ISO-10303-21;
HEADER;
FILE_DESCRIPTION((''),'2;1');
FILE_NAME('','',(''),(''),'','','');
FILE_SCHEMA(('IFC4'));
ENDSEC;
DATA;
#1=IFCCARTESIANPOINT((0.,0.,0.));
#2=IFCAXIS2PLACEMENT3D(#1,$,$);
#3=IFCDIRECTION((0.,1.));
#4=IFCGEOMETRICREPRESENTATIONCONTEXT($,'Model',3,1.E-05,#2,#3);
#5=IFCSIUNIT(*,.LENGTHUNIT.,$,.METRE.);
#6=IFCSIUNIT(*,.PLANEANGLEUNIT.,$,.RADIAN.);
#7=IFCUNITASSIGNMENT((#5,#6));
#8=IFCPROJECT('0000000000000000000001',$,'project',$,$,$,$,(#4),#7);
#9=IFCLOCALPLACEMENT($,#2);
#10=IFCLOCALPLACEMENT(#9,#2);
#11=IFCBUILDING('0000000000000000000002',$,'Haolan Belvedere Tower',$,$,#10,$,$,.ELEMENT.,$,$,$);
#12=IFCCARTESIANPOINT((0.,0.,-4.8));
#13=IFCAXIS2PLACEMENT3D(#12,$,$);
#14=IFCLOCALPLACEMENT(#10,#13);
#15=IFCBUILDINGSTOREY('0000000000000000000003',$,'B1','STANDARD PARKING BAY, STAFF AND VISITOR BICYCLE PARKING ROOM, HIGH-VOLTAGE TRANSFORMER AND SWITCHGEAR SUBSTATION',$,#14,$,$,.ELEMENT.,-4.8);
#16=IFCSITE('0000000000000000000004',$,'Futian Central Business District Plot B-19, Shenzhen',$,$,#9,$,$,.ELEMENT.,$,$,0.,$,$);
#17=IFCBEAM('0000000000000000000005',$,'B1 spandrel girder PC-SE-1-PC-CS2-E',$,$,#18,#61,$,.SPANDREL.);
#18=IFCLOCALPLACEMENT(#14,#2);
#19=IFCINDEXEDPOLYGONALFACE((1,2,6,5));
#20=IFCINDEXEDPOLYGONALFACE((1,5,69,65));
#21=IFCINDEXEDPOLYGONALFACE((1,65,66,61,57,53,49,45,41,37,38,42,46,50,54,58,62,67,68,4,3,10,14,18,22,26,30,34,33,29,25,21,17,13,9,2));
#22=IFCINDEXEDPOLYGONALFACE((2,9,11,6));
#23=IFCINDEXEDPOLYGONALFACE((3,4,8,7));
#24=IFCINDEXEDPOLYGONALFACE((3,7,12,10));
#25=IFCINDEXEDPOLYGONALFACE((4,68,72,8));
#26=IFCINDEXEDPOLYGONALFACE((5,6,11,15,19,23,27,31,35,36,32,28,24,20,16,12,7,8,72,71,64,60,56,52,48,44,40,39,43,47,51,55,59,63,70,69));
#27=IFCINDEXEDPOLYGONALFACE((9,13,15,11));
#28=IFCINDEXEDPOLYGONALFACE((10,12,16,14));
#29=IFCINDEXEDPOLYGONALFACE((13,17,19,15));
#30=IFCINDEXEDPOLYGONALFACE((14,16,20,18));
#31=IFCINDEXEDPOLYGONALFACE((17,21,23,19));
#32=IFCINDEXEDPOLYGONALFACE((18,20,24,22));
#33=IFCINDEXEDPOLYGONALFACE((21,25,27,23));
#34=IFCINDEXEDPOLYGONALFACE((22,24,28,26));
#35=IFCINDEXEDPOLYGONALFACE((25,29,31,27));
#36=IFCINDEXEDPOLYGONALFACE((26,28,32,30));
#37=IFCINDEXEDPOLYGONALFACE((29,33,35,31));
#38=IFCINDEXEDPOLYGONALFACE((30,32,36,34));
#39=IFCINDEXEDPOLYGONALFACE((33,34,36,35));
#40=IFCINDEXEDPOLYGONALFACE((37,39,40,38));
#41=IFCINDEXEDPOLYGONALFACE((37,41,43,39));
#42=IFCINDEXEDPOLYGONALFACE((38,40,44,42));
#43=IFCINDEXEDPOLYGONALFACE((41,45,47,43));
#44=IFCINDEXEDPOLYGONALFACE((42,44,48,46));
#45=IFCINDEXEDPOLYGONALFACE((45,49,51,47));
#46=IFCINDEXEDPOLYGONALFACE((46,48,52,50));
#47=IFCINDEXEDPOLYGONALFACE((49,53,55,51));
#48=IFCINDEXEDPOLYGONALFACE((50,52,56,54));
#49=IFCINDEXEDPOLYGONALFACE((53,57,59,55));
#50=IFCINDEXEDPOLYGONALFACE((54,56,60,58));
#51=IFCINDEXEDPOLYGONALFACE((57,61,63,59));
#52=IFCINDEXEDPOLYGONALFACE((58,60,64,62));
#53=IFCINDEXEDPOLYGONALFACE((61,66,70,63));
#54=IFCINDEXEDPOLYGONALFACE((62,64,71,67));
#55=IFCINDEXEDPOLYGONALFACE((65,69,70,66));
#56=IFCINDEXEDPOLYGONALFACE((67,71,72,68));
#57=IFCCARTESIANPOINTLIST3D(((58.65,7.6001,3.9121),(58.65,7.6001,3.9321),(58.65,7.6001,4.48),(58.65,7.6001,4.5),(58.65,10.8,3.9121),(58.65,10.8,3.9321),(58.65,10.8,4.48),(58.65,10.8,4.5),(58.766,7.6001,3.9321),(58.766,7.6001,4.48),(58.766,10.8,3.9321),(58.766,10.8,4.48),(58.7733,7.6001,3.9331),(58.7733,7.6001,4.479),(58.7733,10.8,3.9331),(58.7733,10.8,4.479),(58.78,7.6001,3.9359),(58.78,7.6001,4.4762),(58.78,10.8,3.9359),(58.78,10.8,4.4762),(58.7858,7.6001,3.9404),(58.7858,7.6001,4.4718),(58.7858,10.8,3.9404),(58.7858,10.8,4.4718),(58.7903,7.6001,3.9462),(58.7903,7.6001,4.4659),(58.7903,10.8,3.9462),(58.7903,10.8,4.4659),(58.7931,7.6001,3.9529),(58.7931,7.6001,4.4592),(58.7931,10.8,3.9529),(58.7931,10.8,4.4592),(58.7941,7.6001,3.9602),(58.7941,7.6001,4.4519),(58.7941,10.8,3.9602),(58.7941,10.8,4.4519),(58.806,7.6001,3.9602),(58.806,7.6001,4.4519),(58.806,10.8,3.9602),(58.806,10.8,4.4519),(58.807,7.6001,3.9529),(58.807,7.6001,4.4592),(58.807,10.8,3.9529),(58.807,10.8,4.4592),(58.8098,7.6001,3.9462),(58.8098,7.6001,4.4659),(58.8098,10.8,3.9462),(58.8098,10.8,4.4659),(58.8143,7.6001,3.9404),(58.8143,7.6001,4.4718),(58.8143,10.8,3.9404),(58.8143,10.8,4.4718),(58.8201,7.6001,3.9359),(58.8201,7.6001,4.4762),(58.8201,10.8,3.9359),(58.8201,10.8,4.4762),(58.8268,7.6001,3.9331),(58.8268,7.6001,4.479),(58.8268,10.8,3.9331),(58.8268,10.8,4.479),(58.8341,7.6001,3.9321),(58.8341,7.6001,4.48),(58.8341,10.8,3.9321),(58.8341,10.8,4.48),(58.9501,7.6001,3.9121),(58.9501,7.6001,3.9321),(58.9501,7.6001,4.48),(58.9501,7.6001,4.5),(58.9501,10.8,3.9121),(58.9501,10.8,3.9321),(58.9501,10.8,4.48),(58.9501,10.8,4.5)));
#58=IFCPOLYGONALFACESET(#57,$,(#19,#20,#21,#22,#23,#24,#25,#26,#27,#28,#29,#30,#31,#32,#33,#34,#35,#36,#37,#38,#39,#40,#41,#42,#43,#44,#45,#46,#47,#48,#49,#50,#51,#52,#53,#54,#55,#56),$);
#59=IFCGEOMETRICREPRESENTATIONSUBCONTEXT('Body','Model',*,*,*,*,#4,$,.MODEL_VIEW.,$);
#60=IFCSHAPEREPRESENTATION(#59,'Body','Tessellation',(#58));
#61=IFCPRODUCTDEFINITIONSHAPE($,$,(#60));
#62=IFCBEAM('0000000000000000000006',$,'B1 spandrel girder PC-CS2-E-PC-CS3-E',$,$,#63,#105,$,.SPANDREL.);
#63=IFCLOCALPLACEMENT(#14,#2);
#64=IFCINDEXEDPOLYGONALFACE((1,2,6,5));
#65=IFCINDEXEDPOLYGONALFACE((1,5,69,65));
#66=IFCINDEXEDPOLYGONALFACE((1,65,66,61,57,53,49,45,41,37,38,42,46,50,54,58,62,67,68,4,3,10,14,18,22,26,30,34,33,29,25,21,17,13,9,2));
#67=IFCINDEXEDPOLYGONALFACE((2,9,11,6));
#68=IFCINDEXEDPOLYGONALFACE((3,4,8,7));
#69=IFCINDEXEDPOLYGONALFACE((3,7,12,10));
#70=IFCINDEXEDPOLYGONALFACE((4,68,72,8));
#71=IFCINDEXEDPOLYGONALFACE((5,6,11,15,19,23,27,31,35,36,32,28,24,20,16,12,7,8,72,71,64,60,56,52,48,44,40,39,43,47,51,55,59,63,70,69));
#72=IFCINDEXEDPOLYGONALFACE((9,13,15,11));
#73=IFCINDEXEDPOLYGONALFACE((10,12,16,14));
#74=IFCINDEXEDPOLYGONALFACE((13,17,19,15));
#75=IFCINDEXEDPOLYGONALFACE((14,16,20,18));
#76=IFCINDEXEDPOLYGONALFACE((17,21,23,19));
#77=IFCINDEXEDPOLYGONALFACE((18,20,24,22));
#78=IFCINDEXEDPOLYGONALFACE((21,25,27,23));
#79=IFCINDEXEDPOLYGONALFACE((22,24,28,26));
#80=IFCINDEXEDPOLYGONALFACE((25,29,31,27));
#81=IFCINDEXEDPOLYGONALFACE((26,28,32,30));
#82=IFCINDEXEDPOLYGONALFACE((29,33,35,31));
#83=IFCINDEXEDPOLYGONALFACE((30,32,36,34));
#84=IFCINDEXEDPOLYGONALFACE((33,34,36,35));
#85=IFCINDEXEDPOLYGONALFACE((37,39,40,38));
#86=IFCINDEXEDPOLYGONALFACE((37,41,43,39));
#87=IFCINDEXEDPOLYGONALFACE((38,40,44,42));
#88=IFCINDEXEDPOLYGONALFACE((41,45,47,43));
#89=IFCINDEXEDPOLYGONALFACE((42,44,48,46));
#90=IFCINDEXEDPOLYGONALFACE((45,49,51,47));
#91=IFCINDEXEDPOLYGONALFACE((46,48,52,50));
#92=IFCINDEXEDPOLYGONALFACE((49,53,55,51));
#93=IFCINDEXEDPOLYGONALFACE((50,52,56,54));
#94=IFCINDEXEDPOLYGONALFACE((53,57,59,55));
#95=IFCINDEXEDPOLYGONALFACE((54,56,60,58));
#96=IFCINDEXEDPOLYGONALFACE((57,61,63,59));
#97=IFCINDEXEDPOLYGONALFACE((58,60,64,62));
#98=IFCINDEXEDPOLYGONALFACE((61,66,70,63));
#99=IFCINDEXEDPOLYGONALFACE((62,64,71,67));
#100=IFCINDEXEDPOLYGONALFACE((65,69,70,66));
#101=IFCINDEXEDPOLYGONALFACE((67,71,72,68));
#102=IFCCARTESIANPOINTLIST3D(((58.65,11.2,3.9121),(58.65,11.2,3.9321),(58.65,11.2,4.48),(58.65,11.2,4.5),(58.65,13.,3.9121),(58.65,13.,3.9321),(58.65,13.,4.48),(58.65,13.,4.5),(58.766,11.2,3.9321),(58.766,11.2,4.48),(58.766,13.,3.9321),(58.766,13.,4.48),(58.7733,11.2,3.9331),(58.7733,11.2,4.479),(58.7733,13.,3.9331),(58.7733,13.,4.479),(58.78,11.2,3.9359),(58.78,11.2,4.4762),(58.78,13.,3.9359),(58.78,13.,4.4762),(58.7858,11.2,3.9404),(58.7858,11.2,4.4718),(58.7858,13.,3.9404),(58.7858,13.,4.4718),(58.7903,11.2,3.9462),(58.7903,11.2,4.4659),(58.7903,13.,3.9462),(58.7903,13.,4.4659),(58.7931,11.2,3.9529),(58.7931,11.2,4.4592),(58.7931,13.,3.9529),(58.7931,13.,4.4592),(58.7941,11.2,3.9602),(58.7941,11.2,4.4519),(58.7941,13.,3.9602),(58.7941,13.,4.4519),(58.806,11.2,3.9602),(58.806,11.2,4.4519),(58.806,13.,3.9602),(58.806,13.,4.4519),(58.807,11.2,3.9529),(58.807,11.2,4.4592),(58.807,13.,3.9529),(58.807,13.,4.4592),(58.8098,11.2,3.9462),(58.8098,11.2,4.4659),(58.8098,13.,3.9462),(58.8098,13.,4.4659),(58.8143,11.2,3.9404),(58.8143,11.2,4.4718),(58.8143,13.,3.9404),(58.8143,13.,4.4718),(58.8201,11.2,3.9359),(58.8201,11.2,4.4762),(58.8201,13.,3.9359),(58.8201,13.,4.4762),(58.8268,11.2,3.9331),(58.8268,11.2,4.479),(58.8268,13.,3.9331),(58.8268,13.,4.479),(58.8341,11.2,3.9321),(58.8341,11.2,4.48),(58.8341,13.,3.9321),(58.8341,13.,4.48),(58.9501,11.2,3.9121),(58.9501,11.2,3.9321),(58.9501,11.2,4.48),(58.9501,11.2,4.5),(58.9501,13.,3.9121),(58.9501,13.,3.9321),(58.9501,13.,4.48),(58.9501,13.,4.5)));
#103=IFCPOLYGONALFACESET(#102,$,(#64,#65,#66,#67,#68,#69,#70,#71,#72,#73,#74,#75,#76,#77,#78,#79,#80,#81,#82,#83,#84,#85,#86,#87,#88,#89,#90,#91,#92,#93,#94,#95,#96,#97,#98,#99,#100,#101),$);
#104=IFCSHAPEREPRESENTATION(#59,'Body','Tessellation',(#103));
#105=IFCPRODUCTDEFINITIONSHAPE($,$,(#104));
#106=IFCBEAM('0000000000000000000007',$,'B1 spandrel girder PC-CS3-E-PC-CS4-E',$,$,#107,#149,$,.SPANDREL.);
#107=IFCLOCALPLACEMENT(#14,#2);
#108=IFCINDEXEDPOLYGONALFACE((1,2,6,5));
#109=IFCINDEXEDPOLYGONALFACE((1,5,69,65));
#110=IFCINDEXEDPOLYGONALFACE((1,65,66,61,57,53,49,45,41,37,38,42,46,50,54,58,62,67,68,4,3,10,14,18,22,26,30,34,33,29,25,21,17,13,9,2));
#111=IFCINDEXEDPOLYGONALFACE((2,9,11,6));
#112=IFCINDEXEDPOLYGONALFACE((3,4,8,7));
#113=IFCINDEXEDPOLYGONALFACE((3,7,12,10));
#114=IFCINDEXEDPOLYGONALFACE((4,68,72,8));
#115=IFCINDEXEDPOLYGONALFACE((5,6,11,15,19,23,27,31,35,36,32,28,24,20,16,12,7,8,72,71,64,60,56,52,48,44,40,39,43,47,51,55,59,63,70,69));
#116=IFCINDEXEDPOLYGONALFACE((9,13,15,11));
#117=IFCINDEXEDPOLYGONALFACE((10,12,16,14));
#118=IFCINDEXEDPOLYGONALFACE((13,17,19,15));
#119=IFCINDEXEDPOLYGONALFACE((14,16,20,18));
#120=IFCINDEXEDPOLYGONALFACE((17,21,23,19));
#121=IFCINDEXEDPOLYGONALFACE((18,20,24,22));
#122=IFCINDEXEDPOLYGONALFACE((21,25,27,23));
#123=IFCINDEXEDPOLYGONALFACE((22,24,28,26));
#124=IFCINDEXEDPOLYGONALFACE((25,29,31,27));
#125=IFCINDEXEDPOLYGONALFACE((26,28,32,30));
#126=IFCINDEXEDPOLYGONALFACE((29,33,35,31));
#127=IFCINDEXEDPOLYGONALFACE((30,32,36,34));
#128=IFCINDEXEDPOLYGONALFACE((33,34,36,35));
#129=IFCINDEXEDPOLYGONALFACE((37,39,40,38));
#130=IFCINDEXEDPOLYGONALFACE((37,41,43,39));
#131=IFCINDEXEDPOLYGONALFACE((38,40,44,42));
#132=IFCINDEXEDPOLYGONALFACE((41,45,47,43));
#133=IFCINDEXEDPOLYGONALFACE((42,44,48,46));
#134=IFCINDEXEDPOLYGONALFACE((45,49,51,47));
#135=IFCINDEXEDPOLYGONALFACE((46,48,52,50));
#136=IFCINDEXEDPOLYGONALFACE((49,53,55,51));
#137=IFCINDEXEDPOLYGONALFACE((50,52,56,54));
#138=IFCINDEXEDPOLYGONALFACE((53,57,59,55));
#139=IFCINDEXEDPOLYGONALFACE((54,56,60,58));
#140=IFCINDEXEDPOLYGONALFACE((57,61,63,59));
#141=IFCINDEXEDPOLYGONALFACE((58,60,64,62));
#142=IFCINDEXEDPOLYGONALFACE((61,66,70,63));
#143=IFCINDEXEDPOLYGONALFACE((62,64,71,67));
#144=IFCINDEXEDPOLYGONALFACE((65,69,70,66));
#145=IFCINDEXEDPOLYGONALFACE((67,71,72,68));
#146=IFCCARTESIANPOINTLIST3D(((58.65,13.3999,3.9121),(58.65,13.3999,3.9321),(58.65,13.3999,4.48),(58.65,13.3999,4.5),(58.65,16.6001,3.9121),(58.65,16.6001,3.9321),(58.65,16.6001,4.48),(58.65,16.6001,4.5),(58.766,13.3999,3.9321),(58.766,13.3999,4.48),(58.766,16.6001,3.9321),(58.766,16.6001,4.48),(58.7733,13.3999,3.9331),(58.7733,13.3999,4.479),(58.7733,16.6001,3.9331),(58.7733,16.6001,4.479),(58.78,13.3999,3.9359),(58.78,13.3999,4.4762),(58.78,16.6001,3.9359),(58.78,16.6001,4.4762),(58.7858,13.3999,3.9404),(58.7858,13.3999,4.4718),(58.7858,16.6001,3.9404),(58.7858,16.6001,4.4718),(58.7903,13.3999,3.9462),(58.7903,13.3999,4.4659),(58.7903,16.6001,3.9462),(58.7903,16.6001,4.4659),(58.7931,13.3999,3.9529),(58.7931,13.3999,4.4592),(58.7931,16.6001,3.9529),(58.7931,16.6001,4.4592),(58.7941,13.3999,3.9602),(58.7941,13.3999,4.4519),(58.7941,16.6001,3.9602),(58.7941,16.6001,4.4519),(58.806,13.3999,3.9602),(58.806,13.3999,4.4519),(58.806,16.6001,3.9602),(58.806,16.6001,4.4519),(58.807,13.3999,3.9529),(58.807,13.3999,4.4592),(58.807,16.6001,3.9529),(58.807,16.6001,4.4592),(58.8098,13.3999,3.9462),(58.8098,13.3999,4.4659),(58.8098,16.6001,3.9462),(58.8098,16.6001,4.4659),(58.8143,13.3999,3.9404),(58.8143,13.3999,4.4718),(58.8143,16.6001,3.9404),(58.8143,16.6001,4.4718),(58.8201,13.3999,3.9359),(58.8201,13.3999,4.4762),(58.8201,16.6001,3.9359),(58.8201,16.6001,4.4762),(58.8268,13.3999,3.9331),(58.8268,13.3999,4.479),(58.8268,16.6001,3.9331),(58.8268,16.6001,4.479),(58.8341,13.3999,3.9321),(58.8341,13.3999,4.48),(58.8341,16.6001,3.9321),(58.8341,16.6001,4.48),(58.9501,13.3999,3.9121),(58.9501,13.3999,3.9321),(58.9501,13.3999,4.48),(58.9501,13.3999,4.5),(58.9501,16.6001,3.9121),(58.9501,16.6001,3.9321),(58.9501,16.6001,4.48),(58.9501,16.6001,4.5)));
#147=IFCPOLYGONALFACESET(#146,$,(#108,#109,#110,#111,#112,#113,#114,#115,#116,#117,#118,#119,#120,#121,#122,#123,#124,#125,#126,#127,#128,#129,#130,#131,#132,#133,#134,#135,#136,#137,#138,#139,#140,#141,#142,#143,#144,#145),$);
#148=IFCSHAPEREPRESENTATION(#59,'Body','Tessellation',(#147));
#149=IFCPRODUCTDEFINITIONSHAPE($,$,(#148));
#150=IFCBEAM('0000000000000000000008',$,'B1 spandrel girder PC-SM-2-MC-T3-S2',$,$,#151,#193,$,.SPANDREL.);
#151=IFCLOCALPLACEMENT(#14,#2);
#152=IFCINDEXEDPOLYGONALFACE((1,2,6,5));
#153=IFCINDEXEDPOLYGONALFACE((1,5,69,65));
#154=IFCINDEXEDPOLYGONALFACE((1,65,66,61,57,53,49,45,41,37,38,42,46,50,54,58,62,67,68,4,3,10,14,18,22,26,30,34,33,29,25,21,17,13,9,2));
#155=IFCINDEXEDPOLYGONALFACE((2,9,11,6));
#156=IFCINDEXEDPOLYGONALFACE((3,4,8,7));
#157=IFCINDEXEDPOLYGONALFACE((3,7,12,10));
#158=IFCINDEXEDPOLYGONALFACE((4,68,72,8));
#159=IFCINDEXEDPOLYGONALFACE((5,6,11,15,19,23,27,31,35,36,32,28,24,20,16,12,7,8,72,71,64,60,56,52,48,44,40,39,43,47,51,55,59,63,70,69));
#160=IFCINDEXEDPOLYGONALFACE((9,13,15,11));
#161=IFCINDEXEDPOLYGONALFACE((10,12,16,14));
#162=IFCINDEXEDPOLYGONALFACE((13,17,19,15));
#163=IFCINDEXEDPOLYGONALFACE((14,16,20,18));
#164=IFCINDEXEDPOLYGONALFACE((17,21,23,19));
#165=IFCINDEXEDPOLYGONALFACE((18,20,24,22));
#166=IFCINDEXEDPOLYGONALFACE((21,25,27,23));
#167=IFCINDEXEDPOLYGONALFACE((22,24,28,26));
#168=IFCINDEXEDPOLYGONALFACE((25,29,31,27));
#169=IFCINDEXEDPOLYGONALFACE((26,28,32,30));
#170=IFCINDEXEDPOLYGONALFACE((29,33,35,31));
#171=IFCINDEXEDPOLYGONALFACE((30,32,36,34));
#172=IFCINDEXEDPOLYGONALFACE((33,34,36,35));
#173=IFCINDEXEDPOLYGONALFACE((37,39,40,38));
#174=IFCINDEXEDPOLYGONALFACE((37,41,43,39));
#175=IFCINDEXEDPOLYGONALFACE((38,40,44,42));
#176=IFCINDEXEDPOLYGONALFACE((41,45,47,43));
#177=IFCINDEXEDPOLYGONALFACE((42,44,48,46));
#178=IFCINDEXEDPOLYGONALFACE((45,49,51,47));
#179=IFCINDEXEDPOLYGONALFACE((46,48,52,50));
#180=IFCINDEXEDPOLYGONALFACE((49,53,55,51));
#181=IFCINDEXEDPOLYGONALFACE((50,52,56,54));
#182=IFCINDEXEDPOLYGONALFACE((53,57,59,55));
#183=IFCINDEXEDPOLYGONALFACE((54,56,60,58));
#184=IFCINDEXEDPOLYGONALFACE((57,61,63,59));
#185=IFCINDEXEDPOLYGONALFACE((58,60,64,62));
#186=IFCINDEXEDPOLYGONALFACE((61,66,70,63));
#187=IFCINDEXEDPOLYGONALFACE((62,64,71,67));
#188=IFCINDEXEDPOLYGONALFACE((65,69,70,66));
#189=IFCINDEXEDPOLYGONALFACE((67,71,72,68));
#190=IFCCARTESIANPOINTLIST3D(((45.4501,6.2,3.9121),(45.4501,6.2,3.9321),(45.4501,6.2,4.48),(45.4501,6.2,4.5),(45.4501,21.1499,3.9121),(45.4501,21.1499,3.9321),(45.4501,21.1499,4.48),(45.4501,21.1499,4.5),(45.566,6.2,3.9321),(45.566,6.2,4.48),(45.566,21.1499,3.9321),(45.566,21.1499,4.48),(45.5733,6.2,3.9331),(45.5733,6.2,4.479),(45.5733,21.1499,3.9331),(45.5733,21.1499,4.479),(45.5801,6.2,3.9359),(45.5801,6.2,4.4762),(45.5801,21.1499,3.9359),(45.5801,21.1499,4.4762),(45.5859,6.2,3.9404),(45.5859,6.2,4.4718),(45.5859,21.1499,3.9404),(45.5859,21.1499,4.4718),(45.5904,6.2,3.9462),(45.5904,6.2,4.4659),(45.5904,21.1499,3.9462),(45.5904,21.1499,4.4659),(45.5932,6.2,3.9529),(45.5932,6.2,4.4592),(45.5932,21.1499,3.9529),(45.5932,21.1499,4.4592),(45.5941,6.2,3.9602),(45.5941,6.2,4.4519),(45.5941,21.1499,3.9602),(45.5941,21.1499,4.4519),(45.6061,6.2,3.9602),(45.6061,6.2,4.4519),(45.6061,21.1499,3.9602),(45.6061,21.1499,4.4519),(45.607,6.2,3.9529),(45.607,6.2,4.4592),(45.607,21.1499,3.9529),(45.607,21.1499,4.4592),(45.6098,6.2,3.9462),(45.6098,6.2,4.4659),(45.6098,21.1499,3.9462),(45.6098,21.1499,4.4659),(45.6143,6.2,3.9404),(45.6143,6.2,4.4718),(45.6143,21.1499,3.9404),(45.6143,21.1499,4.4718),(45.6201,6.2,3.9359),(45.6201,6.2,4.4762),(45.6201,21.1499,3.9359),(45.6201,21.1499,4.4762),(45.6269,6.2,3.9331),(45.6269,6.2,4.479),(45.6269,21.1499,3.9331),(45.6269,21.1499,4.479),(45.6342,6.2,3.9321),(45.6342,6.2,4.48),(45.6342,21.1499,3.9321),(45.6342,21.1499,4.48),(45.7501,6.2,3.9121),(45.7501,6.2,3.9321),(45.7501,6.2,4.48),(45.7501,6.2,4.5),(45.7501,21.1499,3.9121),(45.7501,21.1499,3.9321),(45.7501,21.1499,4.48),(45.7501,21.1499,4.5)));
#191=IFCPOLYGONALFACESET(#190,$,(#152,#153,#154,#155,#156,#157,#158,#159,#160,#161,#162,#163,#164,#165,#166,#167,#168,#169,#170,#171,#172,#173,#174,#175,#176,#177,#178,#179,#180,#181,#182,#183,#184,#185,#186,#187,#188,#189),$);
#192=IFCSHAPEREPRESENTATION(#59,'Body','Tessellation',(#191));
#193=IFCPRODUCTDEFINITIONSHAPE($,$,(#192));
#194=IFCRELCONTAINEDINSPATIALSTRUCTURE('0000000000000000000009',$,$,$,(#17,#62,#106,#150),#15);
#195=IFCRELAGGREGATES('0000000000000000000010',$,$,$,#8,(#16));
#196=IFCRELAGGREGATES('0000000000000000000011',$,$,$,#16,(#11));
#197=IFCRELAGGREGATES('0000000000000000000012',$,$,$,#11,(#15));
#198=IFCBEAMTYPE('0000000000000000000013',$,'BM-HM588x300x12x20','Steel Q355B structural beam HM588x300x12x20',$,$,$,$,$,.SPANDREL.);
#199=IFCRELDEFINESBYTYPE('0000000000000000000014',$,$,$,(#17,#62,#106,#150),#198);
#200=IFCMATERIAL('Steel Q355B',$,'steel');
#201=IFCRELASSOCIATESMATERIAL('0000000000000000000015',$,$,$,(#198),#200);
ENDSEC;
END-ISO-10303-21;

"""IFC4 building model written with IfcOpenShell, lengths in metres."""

from ifc_helpers import new_model, si_unit, direction, frame, origin, origin_2d, place, context, subcontext, project, spatial, i_section, extrude, material, material_profile, profile_set, type_object, element, save


model = new_model("IFC4")

# Units and contexts
model_context = context("Model", 3, precision=1e-05, world=origin(), true_north=direction((0.0, 1.0)))
body_context = subcontext(model_context, "Body", "Model", "MODEL_VIEW")
ifc_project = project(units=[si_unit("LENGTHUNIT", "METRE"), si_unit("PLANEANGLEUNIT", "RADIAN")], contexts=[model_context])

# Site, building, storey
site_placement = place(None, origin())
site = spatial("IfcSite", under=ifc_project, at=site_placement, Name="Futian Central Business District Plot B-19, Shenzhen", CompositionType="ELEMENT", RefElevation=0.0)
building_placement = place(site_placement, origin())
building = spatial("IfcBuilding", under=site, at=building_placement, Name="Haolan Belvedere Tower", CompositionType="ELEMENT")
storey_placement = place(building_placement, frame((0.0, 0.0, -4.8)))
storey = spatial("IfcBuildingStorey", under=building, at=storey_placement, Name="B1", Description="STANDARD PARKING BAY, STAFF AND VISITOR BICYCLE PARKING ROOM, HIGH-VOLTAGE TRANSFORMER AND SWITCHGEAR SUBSTATION", CompositionType="ELEMENT", Elevation=-4.8)

# Shared definitions
ifc_material_1 = material(Name="Steel Q355B", Category="steel")

# Beams
ifc_material_profile_1 = material_profile(ifc_material_1, i_section(OverallWidth=0.3, OverallDepth=0.5879, WebThickness=0.012, FlangeThickness=0.02, FilletRadius=0.0281, at=origin_2d()), Name="Steel Q355B")
ifc_profile_set_1 = profile_set([ifc_material_profile_1], Name="Steel Q355B")
beam_type_1 = type_object("IfcBeamType", Name="BM-HM588x300x12x20", Description="Steel Q355B structural beam HM588x300x12x20", PredefinedType="SPANDREL", material=ifc_profile_set_1)
beam_1_placement = place(storey_placement, frame((58.8, 7.6001, 4.2061), z_axis=(0.0, 1.0, 0.0), x_axis=(-1.0, 0.0, 0.0)))
element("IfcBeam", 1, at=beam_1_placement, inside=storey, type_object=beam_type_1, Name="B1 spandrel girder PC-SE-1-PC-CS2-E", PredefinedType="SPANDREL", context=body_context, shape_type="SweptSolid", body=[
    extrude(i_section(OverallWidth=0.3, OverallDepth=0.5879, WebThickness=0.012, FlangeThickness=0.02, FilletRadius=0.0281, at=origin_2d()), origin(), (0.0, 0.0, 1.0), 3.2),
])
beam_2_placement = place(storey_placement, frame((58.8, 11.2, 4.2061), z_axis=(0.0, 1.0, 0.0), x_axis=(-1.0, 0.0, 0.0)))
element("IfcBeam", 2, at=beam_2_placement, inside=storey, type_object=beam_type_1, Name="B1 spandrel girder PC-CS2-E-PC-CS3-E", PredefinedType="SPANDREL", context=body_context, shape_type="SweptSolid", body=[
    extrude(i_section(OverallWidth=0.3, OverallDepth=0.5879, WebThickness=0.012, FlangeThickness=0.02, FilletRadius=0.0281, at=origin_2d()), origin(), (0.0, 0.0, 1.0), 1.8),
])
beam_3_placement = place(storey_placement, frame((58.8, 13.3999, 4.2061), z_axis=(0.0, 1.0, 0.0), x_axis=(-1.0, 0.0, 0.0)))
element("IfcBeam", 3, at=beam_3_placement, inside=storey, type_object=beam_type_1, Name="B1 spandrel girder PC-CS3-E-PC-CS4-E", PredefinedType="SPANDREL", context=body_context, shape_type="SweptSolid", body=[
    extrude(i_section(OverallWidth=0.3, OverallDepth=0.5879, WebThickness=0.012, FlangeThickness=0.02, FilletRadius=0.0281, at=origin_2d()), origin(), (0.0, 0.0, 1.0), 3.2002),
])
beam_4_placement = place(storey_placement, frame((45.6001, 6.2, 4.2061), z_axis=(0.0, 1.0, 0.0), x_axis=(-1.0, 0.0, 0.0)))
element("IfcBeam", 4, at=beam_4_placement, inside=storey, type_object=beam_type_1, Name="B1 spandrel girder PC-SM-2-MC-T3-S2", PredefinedType="SPANDREL", context=body_context, shape_type="SweptSolid", body=[
    extrude(i_section(OverallWidth=0.3, OverallDepth=0.5879, WebThickness=0.012, FlangeThickness=0.02, FilletRadius=0.0281, at=origin_2d()), origin(), (0.0, 0.0, 1.0), 14.95),
])

save(model, "model.ifc")
